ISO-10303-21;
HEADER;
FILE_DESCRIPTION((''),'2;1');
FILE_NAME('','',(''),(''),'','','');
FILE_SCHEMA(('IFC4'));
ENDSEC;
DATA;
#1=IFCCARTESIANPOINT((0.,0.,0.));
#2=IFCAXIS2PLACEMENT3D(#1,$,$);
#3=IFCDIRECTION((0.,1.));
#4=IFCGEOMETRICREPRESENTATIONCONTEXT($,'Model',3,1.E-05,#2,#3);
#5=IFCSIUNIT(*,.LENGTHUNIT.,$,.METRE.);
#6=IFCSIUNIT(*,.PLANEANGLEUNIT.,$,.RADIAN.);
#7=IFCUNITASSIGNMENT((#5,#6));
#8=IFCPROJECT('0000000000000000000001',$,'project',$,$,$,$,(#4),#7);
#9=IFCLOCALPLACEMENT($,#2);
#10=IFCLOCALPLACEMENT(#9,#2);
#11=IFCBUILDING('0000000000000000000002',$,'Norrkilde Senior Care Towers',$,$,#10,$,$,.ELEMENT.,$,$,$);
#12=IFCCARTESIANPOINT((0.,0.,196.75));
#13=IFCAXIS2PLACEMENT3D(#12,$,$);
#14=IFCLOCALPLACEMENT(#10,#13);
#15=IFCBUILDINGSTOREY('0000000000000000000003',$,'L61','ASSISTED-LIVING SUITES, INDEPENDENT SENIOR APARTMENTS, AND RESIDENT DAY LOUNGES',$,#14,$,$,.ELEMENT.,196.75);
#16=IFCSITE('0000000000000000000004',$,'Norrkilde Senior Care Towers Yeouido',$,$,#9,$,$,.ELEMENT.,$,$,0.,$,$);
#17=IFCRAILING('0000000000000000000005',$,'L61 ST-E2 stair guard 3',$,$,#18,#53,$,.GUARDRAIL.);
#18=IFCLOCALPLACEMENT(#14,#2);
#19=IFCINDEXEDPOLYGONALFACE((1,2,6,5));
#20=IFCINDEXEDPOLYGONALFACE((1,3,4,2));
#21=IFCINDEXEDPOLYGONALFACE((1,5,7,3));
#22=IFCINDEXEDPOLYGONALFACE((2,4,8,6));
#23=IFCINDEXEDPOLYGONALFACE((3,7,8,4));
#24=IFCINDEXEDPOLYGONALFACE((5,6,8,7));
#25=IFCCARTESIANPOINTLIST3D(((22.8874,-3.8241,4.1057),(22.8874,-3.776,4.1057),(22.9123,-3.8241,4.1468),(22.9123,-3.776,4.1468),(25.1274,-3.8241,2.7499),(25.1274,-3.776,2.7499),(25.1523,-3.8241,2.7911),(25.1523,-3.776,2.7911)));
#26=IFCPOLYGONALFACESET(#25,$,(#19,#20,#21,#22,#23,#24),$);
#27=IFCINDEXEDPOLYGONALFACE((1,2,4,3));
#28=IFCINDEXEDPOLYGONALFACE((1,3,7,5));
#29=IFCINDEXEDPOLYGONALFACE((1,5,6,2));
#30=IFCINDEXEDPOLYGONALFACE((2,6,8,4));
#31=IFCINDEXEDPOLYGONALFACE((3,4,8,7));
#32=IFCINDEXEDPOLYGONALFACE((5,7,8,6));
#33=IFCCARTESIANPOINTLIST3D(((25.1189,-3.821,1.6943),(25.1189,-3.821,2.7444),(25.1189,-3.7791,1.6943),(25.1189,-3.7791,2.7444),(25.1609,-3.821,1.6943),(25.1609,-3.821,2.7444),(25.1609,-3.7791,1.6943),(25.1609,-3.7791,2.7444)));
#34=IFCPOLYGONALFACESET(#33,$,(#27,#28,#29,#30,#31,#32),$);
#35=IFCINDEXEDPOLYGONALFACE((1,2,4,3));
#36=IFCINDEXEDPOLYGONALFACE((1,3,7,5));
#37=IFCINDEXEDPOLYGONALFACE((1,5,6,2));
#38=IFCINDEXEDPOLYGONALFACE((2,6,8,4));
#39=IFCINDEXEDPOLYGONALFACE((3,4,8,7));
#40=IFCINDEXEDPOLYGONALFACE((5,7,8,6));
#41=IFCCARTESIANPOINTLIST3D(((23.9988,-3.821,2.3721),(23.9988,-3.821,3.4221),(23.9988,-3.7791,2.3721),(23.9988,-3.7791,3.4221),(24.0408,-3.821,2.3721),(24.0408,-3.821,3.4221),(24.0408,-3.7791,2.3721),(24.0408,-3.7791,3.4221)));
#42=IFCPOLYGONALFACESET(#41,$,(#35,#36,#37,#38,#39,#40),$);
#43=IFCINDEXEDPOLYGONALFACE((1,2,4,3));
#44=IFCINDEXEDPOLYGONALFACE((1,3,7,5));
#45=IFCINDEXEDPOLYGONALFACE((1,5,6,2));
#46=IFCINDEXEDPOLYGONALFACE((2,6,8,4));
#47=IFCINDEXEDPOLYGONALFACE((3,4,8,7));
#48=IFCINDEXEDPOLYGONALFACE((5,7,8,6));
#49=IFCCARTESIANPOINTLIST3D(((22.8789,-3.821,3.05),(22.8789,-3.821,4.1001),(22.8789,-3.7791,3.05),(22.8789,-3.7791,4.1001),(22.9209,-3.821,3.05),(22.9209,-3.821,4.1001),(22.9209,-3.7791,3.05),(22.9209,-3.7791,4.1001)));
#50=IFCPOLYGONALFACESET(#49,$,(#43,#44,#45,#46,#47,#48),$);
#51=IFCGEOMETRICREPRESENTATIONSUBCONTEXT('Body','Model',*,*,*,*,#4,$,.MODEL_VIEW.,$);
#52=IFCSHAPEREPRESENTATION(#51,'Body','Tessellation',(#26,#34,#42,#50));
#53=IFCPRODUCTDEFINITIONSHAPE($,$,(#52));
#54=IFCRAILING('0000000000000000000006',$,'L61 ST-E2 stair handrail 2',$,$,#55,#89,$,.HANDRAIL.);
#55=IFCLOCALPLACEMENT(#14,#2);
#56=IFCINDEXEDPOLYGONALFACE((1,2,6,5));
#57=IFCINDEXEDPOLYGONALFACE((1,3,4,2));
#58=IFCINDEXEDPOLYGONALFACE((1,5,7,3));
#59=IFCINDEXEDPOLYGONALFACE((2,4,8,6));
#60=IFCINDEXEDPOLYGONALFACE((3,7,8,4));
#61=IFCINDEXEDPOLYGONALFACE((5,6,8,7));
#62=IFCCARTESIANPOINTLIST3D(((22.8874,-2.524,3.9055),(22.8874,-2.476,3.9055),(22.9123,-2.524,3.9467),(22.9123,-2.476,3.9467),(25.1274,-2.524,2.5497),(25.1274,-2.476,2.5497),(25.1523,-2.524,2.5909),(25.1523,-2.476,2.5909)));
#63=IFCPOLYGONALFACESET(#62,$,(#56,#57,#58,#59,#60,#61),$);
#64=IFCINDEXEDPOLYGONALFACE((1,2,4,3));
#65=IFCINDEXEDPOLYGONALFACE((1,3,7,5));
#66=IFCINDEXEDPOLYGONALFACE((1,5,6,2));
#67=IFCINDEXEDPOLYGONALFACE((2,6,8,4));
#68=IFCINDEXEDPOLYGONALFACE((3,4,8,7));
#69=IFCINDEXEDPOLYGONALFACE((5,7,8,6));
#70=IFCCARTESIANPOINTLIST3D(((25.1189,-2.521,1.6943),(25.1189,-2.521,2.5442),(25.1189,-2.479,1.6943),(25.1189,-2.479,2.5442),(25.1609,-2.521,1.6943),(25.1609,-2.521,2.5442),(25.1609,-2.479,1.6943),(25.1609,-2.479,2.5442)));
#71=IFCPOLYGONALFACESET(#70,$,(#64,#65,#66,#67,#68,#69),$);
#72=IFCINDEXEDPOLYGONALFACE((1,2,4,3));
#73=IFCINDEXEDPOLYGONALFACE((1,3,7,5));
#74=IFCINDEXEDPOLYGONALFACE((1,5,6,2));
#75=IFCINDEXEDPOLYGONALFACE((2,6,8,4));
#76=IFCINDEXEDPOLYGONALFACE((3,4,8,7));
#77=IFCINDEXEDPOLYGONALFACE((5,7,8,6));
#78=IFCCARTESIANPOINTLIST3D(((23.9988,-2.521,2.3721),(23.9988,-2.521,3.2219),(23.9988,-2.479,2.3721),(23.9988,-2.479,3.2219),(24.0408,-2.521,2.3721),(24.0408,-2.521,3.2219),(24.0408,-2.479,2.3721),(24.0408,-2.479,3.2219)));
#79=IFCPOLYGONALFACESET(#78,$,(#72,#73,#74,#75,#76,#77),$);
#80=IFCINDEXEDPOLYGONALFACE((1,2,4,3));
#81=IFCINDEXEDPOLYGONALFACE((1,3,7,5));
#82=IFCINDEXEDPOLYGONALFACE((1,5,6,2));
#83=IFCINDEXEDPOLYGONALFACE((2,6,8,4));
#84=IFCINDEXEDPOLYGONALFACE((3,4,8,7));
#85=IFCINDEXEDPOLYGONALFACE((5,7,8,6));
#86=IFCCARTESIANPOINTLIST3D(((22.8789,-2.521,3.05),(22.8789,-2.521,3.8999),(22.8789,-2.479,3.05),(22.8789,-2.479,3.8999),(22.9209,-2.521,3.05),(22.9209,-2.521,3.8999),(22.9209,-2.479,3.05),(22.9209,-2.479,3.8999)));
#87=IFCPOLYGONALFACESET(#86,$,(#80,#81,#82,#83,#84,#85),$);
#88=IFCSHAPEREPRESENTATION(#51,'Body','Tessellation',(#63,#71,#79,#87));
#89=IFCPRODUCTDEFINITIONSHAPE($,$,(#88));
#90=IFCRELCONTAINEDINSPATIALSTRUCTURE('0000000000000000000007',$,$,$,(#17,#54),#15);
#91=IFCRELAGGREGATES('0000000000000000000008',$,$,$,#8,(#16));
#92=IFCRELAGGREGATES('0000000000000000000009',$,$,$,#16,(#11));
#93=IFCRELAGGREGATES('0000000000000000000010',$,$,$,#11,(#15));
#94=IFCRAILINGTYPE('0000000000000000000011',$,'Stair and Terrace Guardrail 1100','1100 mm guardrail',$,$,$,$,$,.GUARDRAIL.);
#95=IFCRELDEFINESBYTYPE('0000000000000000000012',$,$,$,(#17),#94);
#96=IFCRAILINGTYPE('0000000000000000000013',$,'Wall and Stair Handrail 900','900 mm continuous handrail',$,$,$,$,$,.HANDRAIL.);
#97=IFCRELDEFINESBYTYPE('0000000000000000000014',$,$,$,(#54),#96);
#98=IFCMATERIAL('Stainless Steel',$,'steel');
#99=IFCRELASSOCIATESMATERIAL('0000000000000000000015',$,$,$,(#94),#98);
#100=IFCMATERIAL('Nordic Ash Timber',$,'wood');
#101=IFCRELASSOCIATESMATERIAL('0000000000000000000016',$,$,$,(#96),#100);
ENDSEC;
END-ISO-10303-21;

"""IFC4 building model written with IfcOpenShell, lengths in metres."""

from ifc_helpers import new_model, si_unit, direction, frame, origin, origin_2d, place, context, subcontext, project, spatial, rectangle, extrude, material, type_object, element, save


model = new_model("IFC4")

# Units and contexts
model_context = context("Model", 3, precision=1e-05, world=origin(), true_north=direction((0.0, 1.0)))
body_context = subcontext(model_context, "Body", "Model", "MODEL_VIEW")
ifc_project = project(units=[si_unit("LENGTHUNIT", "METRE"), si_unit("PLANEANGLEUNIT", "RADIAN")], contexts=[model_context])

# Site, building, storey
site_placement = place(None, origin())
site = spatial("IfcSite", under=ifc_project, at=site_placement, Name="Norrkilde Senior Care Towers Yeouido", CompositionType="ELEMENT", RefElevation=0.0)
building_placement = place(site_placement, origin())
building = spatial("IfcBuilding", under=site, at=building_placement, Name="Norrkilde Senior Care Towers", CompositionType="ELEMENT")
storey_placement = place(building_placement, frame((0.0, 0.0, 196.75)))
storey = spatial("IfcBuildingStorey", under=building, at=storey_placement, Name="L61", Description="ASSISTED-LIVING SUITES, INDEPENDENT SENIOR APARTMENTS, AND RESIDENT DAY LOUNGES", CompositionType="ELEMENT", Elevation=196.75)

# Shared definitions
ifc_material_1 = material(Name="Stainless Steel", Category="steel")

# Shared definitions
ifc_material_2 = material(Name="Nordic Ash Timber", Category="wood")

# Railings
railing_type_1 = type_object("IfcRailingType", Name="Stair and Terrace Guardrail 1100", Description="1100 mm guardrail", PredefinedType="GUARDRAIL", material=ifc_material_1)
railing_1_placement = place(storey_placement, frame((25.1399, -3.8, 1.6943)))
element("IfcRailing", 1, at=railing_1_placement, inside=storey, type_object=railing_type_1, Name="L61 ST-E2 stair guard 3", PredefinedType="GUARDRAIL", context=body_context, shape_type="SweptSolid", body=[
    extrude(rectangle(XDim=0.0481, YDim=0.0481, at=origin_2d()), frame((0.0, 0.0, 1.0762), z_axis=(-0.855512, 0.0, 0.517783), x_axis=(0.0, -1.0, 0.0)), (0.0, 0.0, 1.0), 2.6184),
    extrude(rectangle(XDim=0.042, YDim=0.042, at=origin_2d()), origin(), (0.0, 0.0, 1.0), 1.05),
    extrude(rectangle(XDim=0.042, YDim=0.042, at=origin_2d()), frame((-1.1201, 0.0, 0.6777)), (0.0, 0.0, 1.0), 1.05),
    extrude(rectangle(XDim=0.042, YDim=0.042, at=origin_2d()), frame((-2.24, 0.0, 1.3557)), (0.0, 0.0, 1.0), 1.05),
])
railing_type_2 = type_object("IfcRailingType", Name="Wall and Stair Handrail 900", Description="900 mm continuous handrail", PredefinedType="HANDRAIL", material=ifc_material_2)
railing_2_placement = place(storey_placement, frame((25.1399, -2.5, 1.6943)))
element("IfcRailing", 2, at=railing_2_placement, inside=storey, type_object=railing_type_2, Name="L61 ST-E2 stair handrail 2", PredefinedType="HANDRAIL", context=body_context, shape_type="SweptSolid", body=[
    extrude(rectangle(XDim=0.0481, YDim=0.0481, at=origin_2d()), frame((0.0, 0.0, 0.876), z_axis=(-0.855512, 0.0, 0.517783), x_axis=(0.0, -1.0, 0.0)), (0.0, 0.0, 1.0), 2.6184),
    extrude(rectangle(XDim=0.042, YDim=0.042, at=origin_2d()), origin(), (0.0, 0.0, 1.0), 0.8499),
    extrude(rectangle(XDim=0.042, YDim=0.042, at=origin_2d()), frame((-1.1201, 0.0, 0.6777)), (0.0, 0.0, 1.0), 0.8499),
    extrude(rectangle(XDim=0.042, YDim=0.042, at=origin_2d()), frame((-2.24, 0.0, 1.3557)), (0.0, 0.0, 1.0), 0.8499),
])

save(model, "model.ifc")
